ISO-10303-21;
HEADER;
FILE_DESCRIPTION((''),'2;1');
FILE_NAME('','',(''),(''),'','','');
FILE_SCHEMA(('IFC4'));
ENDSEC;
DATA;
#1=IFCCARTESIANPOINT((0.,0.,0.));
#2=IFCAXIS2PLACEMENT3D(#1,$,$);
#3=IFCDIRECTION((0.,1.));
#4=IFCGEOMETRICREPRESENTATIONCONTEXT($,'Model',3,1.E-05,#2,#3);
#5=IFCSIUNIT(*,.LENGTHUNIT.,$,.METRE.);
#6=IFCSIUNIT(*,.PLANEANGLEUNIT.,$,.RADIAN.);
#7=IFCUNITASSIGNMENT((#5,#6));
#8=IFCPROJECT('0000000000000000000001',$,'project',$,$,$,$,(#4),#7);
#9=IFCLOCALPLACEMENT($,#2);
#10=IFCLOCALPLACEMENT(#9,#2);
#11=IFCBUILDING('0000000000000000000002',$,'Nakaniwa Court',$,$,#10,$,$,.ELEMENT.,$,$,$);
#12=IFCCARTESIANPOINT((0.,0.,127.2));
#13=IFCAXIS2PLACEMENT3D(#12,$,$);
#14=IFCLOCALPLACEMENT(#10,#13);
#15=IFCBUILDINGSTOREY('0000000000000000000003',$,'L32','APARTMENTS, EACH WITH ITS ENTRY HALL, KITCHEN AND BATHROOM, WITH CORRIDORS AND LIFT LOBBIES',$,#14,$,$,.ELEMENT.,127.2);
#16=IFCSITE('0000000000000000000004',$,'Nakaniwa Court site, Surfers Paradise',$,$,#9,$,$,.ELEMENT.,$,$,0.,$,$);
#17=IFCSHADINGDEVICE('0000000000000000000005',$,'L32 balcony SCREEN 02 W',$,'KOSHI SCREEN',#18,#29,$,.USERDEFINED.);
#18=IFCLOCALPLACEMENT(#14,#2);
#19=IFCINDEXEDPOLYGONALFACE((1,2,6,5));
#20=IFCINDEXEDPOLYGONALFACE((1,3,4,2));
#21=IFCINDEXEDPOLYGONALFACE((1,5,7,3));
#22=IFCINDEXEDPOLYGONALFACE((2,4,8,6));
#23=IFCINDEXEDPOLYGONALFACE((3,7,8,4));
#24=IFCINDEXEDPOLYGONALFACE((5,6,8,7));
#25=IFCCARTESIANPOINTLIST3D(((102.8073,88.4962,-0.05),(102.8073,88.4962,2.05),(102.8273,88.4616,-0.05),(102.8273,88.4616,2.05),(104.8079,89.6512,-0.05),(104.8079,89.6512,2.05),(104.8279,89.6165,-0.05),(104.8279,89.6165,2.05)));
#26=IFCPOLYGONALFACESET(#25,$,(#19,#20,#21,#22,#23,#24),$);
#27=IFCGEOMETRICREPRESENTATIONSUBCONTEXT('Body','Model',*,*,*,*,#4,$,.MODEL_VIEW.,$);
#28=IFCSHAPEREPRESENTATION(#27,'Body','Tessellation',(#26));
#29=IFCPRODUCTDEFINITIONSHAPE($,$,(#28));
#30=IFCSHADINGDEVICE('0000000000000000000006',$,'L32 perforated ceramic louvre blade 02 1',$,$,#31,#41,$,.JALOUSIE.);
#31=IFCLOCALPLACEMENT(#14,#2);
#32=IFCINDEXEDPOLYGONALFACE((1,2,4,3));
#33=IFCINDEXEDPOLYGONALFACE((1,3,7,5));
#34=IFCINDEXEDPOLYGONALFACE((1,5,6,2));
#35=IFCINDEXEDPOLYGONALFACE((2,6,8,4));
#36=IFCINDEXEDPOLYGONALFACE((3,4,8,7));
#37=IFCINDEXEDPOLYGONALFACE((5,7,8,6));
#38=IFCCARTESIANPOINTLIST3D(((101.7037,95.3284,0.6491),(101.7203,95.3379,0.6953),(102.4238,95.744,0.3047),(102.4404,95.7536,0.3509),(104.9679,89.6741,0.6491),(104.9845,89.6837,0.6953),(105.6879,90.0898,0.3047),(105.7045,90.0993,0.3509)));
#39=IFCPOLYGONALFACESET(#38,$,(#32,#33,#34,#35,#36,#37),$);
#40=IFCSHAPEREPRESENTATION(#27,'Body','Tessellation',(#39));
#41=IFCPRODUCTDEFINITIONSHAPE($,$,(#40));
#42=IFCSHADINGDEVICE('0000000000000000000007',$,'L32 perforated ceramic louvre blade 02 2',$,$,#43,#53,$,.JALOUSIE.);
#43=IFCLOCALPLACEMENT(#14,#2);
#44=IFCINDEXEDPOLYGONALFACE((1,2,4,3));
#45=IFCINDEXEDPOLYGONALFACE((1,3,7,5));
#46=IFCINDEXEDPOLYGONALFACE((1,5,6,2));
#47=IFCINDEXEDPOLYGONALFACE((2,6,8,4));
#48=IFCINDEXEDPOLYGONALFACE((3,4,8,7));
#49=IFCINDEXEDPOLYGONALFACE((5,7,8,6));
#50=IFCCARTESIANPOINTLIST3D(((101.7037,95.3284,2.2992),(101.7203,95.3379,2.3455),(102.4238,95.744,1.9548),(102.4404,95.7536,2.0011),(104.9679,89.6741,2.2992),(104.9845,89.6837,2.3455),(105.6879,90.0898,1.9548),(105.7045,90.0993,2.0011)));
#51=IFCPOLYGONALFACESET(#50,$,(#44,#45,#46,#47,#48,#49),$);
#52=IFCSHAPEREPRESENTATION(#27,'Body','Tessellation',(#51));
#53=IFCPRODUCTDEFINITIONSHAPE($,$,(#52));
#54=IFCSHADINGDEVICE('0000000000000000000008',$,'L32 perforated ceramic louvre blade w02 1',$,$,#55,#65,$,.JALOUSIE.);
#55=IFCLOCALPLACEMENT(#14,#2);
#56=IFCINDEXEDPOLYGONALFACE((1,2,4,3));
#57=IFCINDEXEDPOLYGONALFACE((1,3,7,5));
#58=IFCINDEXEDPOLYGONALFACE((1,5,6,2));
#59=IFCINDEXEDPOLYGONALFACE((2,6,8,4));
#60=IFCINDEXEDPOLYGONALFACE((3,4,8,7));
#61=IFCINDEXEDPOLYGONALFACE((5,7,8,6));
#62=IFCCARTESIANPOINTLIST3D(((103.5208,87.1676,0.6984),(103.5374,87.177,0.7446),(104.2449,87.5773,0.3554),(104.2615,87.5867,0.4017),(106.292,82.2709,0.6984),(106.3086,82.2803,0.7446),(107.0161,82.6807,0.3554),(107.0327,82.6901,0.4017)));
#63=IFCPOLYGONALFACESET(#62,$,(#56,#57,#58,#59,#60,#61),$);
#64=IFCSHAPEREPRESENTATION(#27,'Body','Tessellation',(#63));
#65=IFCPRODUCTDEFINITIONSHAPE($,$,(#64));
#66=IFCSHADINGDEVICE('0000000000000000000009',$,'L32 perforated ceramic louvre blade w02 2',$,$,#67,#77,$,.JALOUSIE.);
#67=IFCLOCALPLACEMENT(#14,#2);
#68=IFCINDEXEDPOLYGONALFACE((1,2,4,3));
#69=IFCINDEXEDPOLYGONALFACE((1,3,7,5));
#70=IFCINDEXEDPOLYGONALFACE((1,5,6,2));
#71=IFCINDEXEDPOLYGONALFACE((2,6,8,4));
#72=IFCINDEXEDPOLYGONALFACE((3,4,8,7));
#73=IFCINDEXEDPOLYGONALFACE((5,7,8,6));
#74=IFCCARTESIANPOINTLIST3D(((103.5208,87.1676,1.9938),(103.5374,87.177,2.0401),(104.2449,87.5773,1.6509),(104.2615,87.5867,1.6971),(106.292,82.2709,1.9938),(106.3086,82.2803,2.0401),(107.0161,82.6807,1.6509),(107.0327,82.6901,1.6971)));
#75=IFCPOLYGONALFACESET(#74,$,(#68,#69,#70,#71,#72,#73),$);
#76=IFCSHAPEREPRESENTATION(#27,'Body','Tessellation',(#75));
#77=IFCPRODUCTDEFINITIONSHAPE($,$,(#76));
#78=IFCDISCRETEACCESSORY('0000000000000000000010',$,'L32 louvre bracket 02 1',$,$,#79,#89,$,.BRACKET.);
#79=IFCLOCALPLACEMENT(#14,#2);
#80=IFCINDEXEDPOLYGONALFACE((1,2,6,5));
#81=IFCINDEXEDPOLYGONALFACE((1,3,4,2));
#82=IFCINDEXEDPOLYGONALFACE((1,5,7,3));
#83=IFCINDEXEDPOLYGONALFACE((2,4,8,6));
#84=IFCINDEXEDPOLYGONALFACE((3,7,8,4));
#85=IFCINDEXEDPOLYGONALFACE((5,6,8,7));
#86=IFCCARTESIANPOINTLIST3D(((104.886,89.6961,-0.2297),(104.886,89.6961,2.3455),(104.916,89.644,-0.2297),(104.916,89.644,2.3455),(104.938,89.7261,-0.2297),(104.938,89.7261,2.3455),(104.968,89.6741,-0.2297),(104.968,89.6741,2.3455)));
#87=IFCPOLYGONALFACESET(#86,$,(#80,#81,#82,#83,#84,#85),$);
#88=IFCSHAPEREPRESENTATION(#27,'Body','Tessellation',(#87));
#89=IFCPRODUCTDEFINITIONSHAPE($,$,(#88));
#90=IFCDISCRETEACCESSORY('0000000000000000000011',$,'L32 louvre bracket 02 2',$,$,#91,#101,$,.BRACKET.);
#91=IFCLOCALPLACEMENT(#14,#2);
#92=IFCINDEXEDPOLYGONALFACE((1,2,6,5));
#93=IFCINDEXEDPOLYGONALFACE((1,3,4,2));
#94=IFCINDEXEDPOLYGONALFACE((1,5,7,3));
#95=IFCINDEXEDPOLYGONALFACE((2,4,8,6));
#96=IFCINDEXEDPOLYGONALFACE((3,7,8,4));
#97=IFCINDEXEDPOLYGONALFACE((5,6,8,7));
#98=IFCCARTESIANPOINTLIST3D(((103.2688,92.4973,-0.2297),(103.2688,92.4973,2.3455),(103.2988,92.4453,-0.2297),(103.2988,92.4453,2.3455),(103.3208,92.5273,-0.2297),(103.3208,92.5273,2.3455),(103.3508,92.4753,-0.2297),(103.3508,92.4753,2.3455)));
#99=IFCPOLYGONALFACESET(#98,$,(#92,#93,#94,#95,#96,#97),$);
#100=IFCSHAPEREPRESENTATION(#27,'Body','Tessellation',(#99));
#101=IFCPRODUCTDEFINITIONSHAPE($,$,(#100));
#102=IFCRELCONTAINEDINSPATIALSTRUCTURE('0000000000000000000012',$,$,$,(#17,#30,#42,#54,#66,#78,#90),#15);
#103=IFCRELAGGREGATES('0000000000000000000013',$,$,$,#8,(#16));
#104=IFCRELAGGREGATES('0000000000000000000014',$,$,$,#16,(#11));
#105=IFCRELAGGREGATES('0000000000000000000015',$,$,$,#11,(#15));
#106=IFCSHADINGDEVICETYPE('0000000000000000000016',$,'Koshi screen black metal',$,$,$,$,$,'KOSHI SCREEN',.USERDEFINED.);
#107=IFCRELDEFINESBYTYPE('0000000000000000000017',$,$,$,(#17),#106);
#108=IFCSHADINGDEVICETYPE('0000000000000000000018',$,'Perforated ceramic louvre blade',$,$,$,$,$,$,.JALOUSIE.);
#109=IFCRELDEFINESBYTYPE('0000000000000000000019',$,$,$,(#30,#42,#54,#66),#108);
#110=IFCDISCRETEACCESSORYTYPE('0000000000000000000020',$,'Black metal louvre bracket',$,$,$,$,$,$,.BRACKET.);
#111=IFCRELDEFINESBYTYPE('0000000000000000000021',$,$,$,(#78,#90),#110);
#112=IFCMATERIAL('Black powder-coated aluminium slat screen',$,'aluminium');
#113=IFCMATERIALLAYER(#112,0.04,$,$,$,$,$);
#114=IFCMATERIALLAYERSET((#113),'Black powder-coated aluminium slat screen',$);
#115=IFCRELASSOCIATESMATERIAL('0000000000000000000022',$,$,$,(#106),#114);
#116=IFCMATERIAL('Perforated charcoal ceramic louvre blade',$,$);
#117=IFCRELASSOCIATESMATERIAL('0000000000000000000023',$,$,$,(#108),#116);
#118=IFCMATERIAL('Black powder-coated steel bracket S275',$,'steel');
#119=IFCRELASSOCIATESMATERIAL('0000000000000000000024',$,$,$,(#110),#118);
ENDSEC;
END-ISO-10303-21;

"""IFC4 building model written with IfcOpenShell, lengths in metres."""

from ifc_helpers import new_model, si_unit, direction, frame, origin, origin_2d, place, context, subcontext, project, spatial, rectangle, extrude, material, layer, layer_set, material_profile, profile_set, type_object, element, save


model = new_model("IFC4")

# Units and contexts
model_context = context("Model", 3, precision=1e-05, world=origin(), true_north=direction((0.0, 1.0)))
body_context = subcontext(model_context, "Body", "Model", "MODEL_VIEW")
ifc_project = project(units=[si_unit("LENGTHUNIT", "METRE"), si_unit("PLANEANGLEUNIT", "RADIAN")], contexts=[model_context])

# Site, building, storey
site_placement = place(None, origin())
site = spatial("IfcSite", under=ifc_project, at=site_placement, Name="Nakaniwa Court site, Surfers Paradise", CompositionType="ELEMENT", RefElevation=0.0)
building_placement = place(site_placement, origin())
building = spatial("IfcBuilding", under=site, at=building_placement, Name="Nakaniwa Court", CompositionType="ELEMENT")
storey_placement = place(building_placement, frame((0.0, 0.0, 127.2)))
storey = spatial("IfcBuildingStorey", under=building, at=storey_placement, Name="L32", Description="APARTMENTS, EACH WITH ITS ENTRY HALL, KITCHEN AND BATHROOM, WITH CORRIDORS AND LIFT LOBBIES", CompositionType="ELEMENT", Elevation=127.2)

# Shading devices
ifc_material_1 = material(Name="Black powder-coated aluminium slat screen", Category="aluminium")
ifc_layer_1 = layer(ifc_material_1, 0.04)
ifc_layer_set_1 = layer_set([ifc_layer_1], Name="Black powder-coated aluminium slat screen")
shading_device_type_1 = type_object("IfcShadingDeviceType", Name="Koshi screen black metal", ElementType="KOSHI SCREEN", PredefinedType="USERDEFINED", material=ifc_layer_set_1)
shading_device_placement = place(storey_placement, frame((103.8176, 89.0564, -0.05), z_axis=(0.0, 0.0, 1.0), x_axis=(-0.499976, 0.866039, 0.0)))
element("IfcShadingDevice", 1, at=shading_device_placement, inside=storey, type_object=shading_device_type_1, Name="L32 balcony SCREEN 02 W", ObjectType="KOSHI SCREEN", PredefinedType="USERDEFINED", context=body_context, shape_type="SweptSolid", body=[
    extrude(rectangle(XDim=0.04, YDim=2.3101, at=origin_2d()), origin(), (0.0, 0.0, 1.0), 2.1001),
])
ifc_material_2 = material(Name="Perforated charcoal ceramic louvre blade")
ifc_material_profile_1 = material_profile(ifc_material_2, rectangle(XDim=0.8999, YDim=0.05, at=origin_2d()), Name="Perforated ceramic louvre blade")
ifc_profile_set_1 = profile_set([ifc_material_profile_1], Name="Perforated charcoal ceramic louvre blade")
shading_device_type_2 = type_object("IfcShadingDeviceType", Name="Perforated ceramic louvre blade", PredefinedType="JALOUSIE", material=ifc_profile_set_1)
for number, where, z_axis, x_axis, name in (
    (2, (105.3362, 89.8867, 0.5), (-0.49996, 0.866049, 0.0), (-0.800125, -0.461903, 0.382683), "L32 perforated ceramic louvre blade 02 1"),
    (3, (105.3362, 89.8867, 2.1501), (-0.49996, 0.866049, 0.0), (-0.800125, -0.461903, 0.382683), "L32 perforated ceramic louvre blade 02 2"),
):
    element("IfcShadingDevice", number, at=place(storey_placement, frame(where, z_axis=z_axis, x_axis=x_axis)), inside=storey, type_object=shading_device_type_2, Name=name, PredefinedType="JALOUSIE", context=body_context, shape_type="SweptSolid", body=[
        extrude(rectangle(XDim=0.8999, YDim=0.05, at=origin_2d()), origin(), (0.0, 0.0, 1.0), 6.5288),
    ])
for number, where, z_axis, x_axis, name in (
    (4, (106.6624, 82.4805, 0.55), (-0.492532, 0.870294, 0.0), (-0.804627, -0.455368, 0.38107), "L32 perforated ceramic louvre blade w02 1"),
    (5, (106.6624, 82.4805, 1.8455), (-0.492532, 0.870294, 0.0), (-0.804627, -0.455368, 0.38107), "L32 perforated ceramic louvre blade w02 2"),
):
    element("IfcShadingDevice", number, at=place(storey_placement, frame(where, z_axis=z_axis, x_axis=x_axis)), inside=storey, type_object=shading_device_type_2, Name=name, PredefinedType="JALOUSIE", context=body_context, shape_type="SweptSolid", body=[
        extrude(rectangle(XDim=0.8999, YDim=0.05, at=origin_2d()), origin(), (0.0, 0.0, 1.0), 5.6265),
    ])

# Discrete accessories
ifc_material_3 = material(Name="Black powder-coated steel bracket S275", Category="steel")
discrete_accessory_type = type_object("IfcDiscreteAccessoryType", Name="Black metal louvre bracket", PredefinedType="BRACKET", material=ifc_material_3)
for number, where, z_axis, x_axis, name in (
    (6, (104.927, 89.6851, -0.2297), (0.0, 0.0, 1.0), (-0.499976, 0.866039, 0.0), "L32 louvre bracket 02 1"),
    (7, (103.3098, 92.4863, -0.2297), (0.0, 0.0, 1.0), (-0.499976, 0.866039, 0.0), "L32 louvre bracket 02 2"),
):
    element("IfcDiscreteAccessory", number, at=place(storey_placement, frame(where, z_axis=z_axis, x_axis=x_axis)), inside=storey, type_object=discrete_accessory_type, Name=name, PredefinedType="BRACKET", context=body_context, shape_type="SweptSolid", body=[
        extrude(rectangle(XDim=0.0601, YDim=0.0601, at=origin_2d()), origin(), (0.0, 0.0, 1.0), 2.5752),
    ])

save(model, "model.ifc")
